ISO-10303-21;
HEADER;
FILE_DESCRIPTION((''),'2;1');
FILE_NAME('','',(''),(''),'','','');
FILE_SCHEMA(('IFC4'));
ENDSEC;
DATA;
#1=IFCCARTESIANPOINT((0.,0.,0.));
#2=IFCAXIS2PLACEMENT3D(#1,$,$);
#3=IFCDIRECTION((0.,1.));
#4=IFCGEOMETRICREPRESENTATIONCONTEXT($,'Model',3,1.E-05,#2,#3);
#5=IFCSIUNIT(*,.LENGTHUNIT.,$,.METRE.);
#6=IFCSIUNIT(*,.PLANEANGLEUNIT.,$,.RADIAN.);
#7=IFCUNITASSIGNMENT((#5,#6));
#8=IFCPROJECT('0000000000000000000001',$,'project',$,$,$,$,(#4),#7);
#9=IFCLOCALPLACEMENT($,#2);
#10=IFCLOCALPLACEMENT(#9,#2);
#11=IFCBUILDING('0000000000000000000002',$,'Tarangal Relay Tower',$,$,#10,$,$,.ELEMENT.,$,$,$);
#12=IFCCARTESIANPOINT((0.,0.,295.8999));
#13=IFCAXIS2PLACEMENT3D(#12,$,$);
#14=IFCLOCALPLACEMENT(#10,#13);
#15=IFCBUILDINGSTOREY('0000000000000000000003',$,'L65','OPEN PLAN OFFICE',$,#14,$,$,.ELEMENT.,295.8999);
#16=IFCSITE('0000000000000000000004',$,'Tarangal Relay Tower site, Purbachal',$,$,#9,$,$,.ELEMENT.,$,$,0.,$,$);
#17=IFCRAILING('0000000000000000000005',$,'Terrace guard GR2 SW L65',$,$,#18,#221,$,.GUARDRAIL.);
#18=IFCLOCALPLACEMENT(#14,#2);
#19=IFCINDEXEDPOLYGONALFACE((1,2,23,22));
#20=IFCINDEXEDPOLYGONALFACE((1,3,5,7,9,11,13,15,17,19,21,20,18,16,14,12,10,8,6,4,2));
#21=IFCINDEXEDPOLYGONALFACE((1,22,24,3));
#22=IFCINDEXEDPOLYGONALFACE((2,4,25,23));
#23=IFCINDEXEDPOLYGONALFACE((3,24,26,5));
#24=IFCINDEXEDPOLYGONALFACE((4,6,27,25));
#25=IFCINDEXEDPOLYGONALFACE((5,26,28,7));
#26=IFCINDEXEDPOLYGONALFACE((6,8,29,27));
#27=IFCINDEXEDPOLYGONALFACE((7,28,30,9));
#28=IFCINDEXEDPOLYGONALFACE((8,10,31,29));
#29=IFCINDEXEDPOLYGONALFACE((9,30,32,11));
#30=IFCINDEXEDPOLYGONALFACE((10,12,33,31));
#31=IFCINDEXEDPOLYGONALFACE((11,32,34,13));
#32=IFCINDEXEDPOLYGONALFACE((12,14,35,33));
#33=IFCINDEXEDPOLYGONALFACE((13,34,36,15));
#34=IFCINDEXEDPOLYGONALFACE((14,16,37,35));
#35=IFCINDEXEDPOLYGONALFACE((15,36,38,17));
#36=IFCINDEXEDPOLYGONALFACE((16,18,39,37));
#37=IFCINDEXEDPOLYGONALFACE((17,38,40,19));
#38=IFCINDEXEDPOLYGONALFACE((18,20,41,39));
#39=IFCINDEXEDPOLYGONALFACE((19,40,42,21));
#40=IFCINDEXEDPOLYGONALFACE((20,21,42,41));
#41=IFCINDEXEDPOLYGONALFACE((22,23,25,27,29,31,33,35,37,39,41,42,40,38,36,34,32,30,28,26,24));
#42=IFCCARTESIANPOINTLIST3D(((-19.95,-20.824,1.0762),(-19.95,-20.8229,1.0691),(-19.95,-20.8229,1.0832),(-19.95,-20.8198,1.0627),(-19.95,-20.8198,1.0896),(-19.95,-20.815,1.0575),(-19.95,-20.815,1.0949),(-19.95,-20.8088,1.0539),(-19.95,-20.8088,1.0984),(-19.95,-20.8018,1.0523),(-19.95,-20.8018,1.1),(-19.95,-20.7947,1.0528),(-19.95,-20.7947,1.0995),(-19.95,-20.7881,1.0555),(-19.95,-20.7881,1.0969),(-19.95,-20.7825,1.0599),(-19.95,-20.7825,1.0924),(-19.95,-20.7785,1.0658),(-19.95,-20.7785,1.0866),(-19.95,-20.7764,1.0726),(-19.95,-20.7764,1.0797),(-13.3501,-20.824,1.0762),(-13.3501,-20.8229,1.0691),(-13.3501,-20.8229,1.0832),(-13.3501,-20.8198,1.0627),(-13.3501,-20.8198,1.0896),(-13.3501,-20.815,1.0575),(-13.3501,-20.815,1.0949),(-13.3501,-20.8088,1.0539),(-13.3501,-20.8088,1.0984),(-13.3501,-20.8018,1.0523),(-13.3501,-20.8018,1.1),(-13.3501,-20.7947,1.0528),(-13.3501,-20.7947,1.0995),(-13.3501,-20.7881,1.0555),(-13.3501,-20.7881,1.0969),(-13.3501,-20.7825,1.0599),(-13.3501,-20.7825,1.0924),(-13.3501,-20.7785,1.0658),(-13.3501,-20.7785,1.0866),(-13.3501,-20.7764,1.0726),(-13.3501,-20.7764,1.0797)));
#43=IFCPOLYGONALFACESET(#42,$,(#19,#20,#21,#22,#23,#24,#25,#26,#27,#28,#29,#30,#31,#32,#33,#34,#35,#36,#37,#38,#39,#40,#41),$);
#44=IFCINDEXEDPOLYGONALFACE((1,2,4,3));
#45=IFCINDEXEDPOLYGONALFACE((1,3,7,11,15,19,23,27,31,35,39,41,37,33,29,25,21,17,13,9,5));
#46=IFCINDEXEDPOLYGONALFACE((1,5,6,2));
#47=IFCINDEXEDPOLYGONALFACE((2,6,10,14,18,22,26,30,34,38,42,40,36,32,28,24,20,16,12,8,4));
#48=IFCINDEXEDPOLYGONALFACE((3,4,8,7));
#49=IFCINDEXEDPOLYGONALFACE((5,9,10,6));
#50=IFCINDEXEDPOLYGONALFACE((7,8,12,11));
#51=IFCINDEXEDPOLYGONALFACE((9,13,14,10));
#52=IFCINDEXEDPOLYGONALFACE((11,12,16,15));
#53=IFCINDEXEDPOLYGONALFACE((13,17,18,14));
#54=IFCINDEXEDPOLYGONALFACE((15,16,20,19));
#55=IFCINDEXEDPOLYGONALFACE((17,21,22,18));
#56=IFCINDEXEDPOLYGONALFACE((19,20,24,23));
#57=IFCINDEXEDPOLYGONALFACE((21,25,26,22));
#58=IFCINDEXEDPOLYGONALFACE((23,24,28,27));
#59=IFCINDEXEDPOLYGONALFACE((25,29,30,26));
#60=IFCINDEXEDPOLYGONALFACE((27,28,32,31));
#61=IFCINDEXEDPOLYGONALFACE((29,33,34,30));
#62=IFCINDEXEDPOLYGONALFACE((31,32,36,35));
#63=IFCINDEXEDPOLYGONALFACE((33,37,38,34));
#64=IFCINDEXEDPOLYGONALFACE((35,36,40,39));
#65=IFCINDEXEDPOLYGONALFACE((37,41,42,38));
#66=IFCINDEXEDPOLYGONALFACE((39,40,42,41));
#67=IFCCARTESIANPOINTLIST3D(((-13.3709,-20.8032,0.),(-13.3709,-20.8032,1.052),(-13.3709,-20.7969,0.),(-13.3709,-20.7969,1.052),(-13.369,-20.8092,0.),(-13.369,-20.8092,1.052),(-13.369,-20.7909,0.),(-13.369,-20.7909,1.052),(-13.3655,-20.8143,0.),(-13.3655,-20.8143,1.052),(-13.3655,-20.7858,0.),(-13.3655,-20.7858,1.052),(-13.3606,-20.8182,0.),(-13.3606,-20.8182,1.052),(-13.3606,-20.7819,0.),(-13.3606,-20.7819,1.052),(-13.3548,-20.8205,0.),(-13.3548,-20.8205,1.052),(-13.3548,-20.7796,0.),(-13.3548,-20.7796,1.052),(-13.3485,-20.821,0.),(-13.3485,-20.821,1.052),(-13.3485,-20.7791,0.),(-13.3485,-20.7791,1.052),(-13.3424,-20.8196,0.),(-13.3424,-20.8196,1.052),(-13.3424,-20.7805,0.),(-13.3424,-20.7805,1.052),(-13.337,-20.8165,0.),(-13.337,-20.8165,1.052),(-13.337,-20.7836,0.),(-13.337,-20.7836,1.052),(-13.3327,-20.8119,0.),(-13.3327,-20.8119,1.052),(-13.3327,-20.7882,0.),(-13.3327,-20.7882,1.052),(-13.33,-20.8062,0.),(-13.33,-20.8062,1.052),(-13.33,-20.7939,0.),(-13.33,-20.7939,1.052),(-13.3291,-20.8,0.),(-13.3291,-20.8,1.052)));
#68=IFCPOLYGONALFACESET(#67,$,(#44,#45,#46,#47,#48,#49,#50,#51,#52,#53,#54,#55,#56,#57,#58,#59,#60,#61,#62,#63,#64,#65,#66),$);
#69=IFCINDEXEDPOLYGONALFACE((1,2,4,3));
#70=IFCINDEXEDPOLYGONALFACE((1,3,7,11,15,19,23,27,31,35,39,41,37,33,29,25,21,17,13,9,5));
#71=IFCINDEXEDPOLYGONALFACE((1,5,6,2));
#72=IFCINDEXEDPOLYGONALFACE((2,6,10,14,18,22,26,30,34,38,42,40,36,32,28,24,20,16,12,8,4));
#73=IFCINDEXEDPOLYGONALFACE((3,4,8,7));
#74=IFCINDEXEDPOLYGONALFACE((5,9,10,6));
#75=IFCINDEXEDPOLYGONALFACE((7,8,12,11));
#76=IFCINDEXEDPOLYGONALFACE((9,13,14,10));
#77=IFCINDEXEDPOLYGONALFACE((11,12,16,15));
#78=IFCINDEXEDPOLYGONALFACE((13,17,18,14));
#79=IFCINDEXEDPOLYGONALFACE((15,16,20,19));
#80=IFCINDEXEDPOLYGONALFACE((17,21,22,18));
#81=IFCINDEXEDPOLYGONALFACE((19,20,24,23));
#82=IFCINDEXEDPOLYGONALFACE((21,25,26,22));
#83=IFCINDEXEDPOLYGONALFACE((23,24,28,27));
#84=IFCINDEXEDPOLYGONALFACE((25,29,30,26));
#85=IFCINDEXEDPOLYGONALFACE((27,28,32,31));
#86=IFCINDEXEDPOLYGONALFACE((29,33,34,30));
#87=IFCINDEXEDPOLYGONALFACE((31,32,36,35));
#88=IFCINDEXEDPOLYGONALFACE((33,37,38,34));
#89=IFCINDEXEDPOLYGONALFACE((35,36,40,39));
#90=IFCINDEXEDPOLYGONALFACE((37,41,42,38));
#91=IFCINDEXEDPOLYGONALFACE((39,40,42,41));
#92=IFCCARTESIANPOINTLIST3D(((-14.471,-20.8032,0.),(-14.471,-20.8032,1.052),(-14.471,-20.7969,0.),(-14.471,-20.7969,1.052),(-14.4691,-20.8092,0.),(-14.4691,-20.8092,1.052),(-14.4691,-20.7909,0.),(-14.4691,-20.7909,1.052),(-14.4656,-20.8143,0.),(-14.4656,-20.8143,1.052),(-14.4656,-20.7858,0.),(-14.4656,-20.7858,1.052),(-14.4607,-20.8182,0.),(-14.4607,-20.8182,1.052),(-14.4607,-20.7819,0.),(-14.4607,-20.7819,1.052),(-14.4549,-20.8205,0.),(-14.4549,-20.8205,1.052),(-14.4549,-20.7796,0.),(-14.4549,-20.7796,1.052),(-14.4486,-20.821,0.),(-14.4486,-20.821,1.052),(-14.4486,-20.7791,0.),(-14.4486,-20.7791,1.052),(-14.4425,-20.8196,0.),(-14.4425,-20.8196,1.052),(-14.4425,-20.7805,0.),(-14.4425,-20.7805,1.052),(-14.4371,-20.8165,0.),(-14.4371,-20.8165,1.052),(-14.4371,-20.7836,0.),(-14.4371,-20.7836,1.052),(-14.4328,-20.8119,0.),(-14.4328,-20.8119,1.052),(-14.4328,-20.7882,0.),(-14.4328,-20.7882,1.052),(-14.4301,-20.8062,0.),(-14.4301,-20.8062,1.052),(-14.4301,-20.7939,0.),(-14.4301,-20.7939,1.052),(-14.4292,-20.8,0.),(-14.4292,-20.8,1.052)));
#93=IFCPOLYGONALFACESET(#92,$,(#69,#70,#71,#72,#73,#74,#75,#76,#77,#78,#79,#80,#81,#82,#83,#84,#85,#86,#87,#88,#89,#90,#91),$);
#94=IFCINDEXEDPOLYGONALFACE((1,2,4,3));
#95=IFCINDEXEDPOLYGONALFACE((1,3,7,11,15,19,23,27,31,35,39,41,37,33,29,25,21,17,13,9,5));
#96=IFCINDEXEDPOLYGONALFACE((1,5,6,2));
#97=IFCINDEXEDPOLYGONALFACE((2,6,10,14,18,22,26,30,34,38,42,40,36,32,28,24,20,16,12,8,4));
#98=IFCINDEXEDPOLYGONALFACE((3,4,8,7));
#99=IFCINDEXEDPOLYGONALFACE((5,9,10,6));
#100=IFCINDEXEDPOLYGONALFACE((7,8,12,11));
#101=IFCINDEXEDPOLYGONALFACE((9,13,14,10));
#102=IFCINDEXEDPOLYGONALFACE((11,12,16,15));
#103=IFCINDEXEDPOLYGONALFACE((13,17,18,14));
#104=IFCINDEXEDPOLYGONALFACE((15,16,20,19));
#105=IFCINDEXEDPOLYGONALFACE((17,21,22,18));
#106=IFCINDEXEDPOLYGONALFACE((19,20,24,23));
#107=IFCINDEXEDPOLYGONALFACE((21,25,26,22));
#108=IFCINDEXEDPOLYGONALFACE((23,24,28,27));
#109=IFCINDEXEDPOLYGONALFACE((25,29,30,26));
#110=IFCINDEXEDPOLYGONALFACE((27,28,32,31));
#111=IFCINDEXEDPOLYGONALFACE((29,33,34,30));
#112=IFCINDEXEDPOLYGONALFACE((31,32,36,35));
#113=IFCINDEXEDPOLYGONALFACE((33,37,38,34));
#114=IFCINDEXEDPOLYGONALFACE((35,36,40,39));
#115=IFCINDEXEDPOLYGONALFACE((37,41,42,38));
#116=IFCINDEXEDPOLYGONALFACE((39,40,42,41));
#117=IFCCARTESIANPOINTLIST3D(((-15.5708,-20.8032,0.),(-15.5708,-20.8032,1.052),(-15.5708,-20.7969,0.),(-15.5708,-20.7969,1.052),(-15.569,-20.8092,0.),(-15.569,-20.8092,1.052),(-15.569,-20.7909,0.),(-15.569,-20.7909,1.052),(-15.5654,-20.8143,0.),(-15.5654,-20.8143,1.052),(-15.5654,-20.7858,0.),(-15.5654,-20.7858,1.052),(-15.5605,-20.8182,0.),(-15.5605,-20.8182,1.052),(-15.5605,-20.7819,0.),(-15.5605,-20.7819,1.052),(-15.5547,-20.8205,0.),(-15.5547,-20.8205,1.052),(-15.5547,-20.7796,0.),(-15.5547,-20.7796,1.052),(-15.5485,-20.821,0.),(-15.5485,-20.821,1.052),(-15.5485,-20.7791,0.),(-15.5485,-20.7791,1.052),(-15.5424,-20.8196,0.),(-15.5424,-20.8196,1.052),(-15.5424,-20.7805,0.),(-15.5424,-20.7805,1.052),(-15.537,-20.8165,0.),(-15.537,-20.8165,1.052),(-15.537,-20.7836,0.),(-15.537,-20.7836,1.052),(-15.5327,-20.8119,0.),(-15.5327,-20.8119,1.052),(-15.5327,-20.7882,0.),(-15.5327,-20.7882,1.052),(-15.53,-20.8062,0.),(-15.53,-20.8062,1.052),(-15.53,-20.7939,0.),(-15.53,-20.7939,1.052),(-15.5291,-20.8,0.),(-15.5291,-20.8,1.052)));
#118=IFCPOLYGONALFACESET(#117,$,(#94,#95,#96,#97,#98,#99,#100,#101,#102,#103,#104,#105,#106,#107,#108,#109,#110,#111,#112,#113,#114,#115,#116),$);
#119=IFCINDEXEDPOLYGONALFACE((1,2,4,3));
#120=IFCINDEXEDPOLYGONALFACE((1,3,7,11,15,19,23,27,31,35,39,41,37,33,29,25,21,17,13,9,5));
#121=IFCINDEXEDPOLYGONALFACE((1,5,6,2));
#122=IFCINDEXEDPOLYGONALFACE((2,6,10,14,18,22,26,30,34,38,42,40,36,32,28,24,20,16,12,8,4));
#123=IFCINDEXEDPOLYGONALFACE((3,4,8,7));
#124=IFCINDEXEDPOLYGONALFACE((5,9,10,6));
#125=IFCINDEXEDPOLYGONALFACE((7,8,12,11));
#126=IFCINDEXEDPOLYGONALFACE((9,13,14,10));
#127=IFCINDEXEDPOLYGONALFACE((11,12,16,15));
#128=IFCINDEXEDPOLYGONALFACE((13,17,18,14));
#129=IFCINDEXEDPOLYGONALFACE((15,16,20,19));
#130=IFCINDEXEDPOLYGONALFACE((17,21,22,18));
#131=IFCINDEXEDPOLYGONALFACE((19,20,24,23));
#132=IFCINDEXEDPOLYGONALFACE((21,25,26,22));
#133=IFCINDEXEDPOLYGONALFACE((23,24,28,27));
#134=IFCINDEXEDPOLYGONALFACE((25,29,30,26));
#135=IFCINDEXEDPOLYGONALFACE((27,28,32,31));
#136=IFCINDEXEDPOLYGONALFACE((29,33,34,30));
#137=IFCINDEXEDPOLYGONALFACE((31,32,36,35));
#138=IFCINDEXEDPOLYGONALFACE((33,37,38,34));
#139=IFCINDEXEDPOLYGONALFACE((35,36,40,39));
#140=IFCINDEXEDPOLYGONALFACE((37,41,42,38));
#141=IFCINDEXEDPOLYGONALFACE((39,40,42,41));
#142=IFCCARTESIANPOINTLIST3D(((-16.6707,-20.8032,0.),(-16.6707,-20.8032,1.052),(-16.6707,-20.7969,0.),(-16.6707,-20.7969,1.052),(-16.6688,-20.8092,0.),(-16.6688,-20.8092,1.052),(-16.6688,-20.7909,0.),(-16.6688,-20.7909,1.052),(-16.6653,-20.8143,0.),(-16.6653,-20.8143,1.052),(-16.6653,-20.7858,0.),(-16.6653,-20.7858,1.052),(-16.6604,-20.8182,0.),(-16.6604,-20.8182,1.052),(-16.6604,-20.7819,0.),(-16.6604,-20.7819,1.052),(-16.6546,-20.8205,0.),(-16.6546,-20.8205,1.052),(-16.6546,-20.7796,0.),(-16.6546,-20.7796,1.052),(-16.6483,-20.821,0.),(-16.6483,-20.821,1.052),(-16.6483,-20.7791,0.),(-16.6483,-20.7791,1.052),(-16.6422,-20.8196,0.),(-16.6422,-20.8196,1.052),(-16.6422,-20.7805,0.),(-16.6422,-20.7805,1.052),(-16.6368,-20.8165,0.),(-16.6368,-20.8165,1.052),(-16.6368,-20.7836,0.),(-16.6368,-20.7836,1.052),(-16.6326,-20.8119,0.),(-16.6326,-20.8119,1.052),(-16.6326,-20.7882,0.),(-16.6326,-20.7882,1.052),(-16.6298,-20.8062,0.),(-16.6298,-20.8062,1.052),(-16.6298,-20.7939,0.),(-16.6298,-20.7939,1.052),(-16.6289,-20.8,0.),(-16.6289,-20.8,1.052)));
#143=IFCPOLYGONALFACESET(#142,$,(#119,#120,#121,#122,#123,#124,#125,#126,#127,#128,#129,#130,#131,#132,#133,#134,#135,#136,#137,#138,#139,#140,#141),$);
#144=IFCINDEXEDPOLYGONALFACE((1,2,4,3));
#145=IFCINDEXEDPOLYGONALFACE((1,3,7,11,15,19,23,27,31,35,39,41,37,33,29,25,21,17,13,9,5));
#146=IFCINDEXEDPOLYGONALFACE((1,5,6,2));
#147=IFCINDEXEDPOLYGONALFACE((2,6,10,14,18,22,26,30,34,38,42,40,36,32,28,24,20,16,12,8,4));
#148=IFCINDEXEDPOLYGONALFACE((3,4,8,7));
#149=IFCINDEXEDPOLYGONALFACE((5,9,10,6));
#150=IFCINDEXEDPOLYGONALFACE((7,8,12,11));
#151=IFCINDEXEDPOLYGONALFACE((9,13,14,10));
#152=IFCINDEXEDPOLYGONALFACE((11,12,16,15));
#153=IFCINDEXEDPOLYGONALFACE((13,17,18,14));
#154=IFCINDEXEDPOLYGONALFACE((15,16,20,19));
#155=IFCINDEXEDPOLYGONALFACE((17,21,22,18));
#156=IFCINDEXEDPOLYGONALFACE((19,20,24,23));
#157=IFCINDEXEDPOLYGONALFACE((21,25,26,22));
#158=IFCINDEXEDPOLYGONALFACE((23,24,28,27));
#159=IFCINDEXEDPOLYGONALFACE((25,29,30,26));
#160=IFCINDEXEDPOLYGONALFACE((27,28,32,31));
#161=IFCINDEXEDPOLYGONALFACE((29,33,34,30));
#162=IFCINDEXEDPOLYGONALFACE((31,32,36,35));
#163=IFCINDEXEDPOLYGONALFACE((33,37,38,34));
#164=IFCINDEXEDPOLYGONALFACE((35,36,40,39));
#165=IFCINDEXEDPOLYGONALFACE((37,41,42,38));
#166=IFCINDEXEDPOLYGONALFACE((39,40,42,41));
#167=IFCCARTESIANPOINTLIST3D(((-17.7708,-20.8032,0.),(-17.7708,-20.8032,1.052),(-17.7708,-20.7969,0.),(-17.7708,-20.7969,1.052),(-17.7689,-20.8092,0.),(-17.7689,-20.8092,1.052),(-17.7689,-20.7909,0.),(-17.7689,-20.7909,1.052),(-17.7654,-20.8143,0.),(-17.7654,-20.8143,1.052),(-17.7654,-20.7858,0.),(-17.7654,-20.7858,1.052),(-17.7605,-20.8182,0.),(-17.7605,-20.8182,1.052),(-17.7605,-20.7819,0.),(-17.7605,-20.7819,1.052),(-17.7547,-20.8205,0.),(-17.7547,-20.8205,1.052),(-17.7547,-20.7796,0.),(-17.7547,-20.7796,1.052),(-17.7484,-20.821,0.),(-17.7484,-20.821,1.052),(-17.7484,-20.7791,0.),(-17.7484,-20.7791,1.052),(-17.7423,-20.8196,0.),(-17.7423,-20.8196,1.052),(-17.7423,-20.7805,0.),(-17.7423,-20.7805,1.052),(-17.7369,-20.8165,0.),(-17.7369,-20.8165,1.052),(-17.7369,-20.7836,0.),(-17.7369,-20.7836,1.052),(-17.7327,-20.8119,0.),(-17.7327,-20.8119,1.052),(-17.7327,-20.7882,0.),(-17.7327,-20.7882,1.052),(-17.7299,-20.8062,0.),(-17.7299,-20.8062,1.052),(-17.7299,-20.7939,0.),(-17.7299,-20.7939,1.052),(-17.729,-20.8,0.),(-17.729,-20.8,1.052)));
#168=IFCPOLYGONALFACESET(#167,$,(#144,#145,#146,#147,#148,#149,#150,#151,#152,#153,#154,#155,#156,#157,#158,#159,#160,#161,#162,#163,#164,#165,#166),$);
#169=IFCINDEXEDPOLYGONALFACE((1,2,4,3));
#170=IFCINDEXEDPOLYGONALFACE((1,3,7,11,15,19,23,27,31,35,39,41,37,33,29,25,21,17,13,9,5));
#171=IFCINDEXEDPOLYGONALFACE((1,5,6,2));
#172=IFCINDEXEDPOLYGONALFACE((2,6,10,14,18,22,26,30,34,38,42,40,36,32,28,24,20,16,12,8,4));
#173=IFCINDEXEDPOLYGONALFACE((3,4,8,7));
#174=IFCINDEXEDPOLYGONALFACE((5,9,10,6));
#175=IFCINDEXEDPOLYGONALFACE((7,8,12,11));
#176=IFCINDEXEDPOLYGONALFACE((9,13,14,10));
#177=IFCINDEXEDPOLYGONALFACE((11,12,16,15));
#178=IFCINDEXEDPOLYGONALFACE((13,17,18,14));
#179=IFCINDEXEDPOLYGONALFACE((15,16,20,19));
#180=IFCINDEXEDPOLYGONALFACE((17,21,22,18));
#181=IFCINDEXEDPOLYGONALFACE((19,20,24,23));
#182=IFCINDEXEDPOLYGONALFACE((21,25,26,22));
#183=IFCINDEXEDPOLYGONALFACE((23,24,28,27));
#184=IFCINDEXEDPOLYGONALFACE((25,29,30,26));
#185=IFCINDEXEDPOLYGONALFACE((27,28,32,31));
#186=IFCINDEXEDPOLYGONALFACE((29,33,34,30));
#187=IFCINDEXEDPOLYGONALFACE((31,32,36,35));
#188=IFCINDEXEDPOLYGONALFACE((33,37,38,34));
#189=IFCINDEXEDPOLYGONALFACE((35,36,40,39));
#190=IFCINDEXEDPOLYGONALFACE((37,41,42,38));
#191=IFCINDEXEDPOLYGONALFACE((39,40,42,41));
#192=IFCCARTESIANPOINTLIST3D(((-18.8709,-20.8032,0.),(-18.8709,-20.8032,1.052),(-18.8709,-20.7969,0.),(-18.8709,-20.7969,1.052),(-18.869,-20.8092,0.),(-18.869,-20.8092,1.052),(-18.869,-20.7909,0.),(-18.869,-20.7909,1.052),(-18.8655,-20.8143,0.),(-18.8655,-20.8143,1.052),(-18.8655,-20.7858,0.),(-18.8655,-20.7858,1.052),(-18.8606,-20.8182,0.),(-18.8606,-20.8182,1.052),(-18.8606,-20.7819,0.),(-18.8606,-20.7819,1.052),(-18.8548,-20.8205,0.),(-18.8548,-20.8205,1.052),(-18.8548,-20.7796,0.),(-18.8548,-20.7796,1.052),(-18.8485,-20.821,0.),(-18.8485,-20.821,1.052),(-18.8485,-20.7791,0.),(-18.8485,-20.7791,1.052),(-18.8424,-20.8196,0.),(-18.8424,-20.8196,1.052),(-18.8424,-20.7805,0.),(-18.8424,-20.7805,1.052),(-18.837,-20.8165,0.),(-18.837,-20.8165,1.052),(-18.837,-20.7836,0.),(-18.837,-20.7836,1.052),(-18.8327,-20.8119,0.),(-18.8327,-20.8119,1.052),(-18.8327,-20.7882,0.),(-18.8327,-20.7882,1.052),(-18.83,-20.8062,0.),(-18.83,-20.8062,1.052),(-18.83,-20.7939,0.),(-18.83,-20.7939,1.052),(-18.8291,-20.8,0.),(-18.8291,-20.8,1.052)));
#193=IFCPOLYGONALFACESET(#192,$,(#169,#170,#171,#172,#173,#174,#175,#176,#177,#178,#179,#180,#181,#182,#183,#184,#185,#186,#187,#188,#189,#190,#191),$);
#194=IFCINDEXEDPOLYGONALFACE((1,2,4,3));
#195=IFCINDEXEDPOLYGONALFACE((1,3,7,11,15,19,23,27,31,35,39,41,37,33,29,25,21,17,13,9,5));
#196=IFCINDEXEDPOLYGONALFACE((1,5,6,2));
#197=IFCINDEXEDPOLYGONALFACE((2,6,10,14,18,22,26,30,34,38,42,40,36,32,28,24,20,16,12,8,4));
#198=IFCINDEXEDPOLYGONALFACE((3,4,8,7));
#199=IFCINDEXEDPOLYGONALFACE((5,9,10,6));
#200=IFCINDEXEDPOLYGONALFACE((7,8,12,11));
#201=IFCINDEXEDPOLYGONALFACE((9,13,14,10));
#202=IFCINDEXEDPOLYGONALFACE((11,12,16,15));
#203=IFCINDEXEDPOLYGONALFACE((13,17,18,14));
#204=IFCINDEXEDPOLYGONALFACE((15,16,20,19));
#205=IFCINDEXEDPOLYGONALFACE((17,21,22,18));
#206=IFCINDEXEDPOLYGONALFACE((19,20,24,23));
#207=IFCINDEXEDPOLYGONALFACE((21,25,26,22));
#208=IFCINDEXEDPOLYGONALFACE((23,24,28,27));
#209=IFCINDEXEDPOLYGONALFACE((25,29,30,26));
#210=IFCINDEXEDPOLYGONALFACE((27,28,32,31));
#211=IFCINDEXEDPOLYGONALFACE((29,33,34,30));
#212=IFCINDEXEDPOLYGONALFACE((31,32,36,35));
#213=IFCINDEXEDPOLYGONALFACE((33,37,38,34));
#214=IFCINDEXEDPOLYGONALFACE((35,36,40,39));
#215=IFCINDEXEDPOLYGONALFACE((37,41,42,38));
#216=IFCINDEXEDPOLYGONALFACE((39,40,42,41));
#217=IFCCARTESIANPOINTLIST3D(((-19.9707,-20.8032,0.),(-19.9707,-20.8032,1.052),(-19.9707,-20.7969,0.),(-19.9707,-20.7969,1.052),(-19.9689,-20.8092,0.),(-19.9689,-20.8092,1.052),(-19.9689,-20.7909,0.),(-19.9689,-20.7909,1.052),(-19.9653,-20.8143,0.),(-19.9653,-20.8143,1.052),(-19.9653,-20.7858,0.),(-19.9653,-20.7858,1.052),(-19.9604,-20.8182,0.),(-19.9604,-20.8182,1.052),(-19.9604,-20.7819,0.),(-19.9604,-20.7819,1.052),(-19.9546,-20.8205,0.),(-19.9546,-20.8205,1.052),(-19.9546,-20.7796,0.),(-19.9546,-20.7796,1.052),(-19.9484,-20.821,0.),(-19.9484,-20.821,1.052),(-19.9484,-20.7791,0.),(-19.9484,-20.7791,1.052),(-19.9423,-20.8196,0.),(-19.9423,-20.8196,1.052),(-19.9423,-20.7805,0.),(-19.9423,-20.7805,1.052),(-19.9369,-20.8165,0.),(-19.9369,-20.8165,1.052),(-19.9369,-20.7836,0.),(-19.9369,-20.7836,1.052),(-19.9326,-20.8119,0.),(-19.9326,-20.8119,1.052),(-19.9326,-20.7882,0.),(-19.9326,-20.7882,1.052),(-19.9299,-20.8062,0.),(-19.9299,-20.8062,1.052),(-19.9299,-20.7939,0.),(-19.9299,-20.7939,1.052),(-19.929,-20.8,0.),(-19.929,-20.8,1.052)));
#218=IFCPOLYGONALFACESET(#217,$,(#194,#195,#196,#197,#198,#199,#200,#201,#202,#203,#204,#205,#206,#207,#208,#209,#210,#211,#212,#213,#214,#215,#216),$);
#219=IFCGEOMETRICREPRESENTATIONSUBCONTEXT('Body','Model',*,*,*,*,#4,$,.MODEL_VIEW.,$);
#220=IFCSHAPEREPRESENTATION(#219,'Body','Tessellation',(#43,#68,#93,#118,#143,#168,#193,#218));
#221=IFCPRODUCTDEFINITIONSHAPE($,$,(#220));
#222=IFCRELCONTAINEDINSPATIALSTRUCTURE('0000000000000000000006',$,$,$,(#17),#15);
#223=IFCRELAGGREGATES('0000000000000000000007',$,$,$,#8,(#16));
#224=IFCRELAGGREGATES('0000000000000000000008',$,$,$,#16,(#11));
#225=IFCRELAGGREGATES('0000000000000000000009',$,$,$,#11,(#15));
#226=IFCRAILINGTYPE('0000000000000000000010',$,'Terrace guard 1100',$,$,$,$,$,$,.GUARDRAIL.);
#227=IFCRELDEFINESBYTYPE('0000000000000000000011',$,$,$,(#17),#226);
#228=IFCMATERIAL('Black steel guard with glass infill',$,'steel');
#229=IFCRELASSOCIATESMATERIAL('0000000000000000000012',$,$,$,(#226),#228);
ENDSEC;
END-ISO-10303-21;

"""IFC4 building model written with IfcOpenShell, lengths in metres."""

from ifc_helpers import new_model, si_unit, direction, frame, origin, origin_2d, place, context, subcontext, project, spatial, circle, extrude, material, type_object, element, save


model = new_model("IFC4")

# Units and contexts
model_context = context("Model", 3, precision=1e-05, world=origin(), true_north=direction((0.0, 1.0)))
body_context = subcontext(model_context, "Body", "Model", "MODEL_VIEW")
ifc_project = project(units=[si_unit("LENGTHUNIT", "METRE"), si_unit("PLANEANGLEUNIT", "RADIAN")], contexts=[model_context])

# Site, building, storey
site_placement = place(None, origin())
site = spatial("IfcSite", under=ifc_project, at=site_placement, Name="Tarangal Relay Tower site, Purbachal", CompositionType="ELEMENT", RefElevation=0.0)
building_placement = place(site_placement, origin())
building = spatial("IfcBuilding", under=site, at=building_placement, Name="Tarangal Relay Tower", CompositionType="ELEMENT")
storey_placement = place(building_placement, frame((0.0, 0.0, 295.8999)))
storey = spatial("IfcBuildingStorey", under=building, at=storey_placement, Name="L65", Description="OPEN PLAN OFFICE", CompositionType="ELEMENT", Elevation=295.8999)

# Railing
ifc_material_1 = material(Name="Black steel guard with glass infill", Category="steel")
railing_type = type_object("IfcRailingType", Name="Terrace guard 1100", PredefinedType="GUARDRAIL", material=ifc_material_1)
railing_1_placement = place(storey_placement, frame((-13.3501, -20.8, 0.0)))
element("IfcRailing", 1, at=railing_1_placement, inside=storey, type_object=railing_type, Name="Terrace guard GR2 SW L65", PredefinedType="GUARDRAIL", context=body_context, shape_type="SweptSolid", body=[
    extrude(circle(Radius=0.0239, at=origin_2d()), frame((0.0, 0.0, 1.0762), z_axis=(-1.0, 0.0, 0.0), x_axis=(0.0, -1.0, 0.0)), (0.0, 0.0, 1.0), 6.5999),
    extrude(circle(Radius=0.021, at=origin_2d()), origin(), (0.0, 0.0, 1.0), 1.052),
    extrude(circle(Radius=0.021, at=origin_2d()), frame((-1.1001, 0.0, 0.0)), (0.0, 0.0, 1.0), 1.052),
    extrude(circle(Radius=0.021, at=origin_2d()), frame((-2.2, 0.0, 0.0)), (0.0, 0.0, 1.0), 1.052),
    extrude(circle(Radius=0.021, at=origin_2d()), frame((-3.2998, 0.0, 0.0)), (0.0, 0.0, 1.0), 1.052),
    extrude(circle(Radius=0.021, at=origin_2d()), frame((-4.3999, 0.0, 0.0)), (0.0, 0.0, 1.0), 1.052),
    extrude(circle(Radius=0.021, at=origin_2d()), frame((-5.5, 0.0, 0.0)), (0.0, 0.0, 1.0), 1.052),
    extrude(circle(Radius=0.021, at=origin_2d()), frame((-6.5999, 0.0, 0.0)), (0.0, 0.0, 1.0), 1.052),
])

save(model, "model.ifc")
